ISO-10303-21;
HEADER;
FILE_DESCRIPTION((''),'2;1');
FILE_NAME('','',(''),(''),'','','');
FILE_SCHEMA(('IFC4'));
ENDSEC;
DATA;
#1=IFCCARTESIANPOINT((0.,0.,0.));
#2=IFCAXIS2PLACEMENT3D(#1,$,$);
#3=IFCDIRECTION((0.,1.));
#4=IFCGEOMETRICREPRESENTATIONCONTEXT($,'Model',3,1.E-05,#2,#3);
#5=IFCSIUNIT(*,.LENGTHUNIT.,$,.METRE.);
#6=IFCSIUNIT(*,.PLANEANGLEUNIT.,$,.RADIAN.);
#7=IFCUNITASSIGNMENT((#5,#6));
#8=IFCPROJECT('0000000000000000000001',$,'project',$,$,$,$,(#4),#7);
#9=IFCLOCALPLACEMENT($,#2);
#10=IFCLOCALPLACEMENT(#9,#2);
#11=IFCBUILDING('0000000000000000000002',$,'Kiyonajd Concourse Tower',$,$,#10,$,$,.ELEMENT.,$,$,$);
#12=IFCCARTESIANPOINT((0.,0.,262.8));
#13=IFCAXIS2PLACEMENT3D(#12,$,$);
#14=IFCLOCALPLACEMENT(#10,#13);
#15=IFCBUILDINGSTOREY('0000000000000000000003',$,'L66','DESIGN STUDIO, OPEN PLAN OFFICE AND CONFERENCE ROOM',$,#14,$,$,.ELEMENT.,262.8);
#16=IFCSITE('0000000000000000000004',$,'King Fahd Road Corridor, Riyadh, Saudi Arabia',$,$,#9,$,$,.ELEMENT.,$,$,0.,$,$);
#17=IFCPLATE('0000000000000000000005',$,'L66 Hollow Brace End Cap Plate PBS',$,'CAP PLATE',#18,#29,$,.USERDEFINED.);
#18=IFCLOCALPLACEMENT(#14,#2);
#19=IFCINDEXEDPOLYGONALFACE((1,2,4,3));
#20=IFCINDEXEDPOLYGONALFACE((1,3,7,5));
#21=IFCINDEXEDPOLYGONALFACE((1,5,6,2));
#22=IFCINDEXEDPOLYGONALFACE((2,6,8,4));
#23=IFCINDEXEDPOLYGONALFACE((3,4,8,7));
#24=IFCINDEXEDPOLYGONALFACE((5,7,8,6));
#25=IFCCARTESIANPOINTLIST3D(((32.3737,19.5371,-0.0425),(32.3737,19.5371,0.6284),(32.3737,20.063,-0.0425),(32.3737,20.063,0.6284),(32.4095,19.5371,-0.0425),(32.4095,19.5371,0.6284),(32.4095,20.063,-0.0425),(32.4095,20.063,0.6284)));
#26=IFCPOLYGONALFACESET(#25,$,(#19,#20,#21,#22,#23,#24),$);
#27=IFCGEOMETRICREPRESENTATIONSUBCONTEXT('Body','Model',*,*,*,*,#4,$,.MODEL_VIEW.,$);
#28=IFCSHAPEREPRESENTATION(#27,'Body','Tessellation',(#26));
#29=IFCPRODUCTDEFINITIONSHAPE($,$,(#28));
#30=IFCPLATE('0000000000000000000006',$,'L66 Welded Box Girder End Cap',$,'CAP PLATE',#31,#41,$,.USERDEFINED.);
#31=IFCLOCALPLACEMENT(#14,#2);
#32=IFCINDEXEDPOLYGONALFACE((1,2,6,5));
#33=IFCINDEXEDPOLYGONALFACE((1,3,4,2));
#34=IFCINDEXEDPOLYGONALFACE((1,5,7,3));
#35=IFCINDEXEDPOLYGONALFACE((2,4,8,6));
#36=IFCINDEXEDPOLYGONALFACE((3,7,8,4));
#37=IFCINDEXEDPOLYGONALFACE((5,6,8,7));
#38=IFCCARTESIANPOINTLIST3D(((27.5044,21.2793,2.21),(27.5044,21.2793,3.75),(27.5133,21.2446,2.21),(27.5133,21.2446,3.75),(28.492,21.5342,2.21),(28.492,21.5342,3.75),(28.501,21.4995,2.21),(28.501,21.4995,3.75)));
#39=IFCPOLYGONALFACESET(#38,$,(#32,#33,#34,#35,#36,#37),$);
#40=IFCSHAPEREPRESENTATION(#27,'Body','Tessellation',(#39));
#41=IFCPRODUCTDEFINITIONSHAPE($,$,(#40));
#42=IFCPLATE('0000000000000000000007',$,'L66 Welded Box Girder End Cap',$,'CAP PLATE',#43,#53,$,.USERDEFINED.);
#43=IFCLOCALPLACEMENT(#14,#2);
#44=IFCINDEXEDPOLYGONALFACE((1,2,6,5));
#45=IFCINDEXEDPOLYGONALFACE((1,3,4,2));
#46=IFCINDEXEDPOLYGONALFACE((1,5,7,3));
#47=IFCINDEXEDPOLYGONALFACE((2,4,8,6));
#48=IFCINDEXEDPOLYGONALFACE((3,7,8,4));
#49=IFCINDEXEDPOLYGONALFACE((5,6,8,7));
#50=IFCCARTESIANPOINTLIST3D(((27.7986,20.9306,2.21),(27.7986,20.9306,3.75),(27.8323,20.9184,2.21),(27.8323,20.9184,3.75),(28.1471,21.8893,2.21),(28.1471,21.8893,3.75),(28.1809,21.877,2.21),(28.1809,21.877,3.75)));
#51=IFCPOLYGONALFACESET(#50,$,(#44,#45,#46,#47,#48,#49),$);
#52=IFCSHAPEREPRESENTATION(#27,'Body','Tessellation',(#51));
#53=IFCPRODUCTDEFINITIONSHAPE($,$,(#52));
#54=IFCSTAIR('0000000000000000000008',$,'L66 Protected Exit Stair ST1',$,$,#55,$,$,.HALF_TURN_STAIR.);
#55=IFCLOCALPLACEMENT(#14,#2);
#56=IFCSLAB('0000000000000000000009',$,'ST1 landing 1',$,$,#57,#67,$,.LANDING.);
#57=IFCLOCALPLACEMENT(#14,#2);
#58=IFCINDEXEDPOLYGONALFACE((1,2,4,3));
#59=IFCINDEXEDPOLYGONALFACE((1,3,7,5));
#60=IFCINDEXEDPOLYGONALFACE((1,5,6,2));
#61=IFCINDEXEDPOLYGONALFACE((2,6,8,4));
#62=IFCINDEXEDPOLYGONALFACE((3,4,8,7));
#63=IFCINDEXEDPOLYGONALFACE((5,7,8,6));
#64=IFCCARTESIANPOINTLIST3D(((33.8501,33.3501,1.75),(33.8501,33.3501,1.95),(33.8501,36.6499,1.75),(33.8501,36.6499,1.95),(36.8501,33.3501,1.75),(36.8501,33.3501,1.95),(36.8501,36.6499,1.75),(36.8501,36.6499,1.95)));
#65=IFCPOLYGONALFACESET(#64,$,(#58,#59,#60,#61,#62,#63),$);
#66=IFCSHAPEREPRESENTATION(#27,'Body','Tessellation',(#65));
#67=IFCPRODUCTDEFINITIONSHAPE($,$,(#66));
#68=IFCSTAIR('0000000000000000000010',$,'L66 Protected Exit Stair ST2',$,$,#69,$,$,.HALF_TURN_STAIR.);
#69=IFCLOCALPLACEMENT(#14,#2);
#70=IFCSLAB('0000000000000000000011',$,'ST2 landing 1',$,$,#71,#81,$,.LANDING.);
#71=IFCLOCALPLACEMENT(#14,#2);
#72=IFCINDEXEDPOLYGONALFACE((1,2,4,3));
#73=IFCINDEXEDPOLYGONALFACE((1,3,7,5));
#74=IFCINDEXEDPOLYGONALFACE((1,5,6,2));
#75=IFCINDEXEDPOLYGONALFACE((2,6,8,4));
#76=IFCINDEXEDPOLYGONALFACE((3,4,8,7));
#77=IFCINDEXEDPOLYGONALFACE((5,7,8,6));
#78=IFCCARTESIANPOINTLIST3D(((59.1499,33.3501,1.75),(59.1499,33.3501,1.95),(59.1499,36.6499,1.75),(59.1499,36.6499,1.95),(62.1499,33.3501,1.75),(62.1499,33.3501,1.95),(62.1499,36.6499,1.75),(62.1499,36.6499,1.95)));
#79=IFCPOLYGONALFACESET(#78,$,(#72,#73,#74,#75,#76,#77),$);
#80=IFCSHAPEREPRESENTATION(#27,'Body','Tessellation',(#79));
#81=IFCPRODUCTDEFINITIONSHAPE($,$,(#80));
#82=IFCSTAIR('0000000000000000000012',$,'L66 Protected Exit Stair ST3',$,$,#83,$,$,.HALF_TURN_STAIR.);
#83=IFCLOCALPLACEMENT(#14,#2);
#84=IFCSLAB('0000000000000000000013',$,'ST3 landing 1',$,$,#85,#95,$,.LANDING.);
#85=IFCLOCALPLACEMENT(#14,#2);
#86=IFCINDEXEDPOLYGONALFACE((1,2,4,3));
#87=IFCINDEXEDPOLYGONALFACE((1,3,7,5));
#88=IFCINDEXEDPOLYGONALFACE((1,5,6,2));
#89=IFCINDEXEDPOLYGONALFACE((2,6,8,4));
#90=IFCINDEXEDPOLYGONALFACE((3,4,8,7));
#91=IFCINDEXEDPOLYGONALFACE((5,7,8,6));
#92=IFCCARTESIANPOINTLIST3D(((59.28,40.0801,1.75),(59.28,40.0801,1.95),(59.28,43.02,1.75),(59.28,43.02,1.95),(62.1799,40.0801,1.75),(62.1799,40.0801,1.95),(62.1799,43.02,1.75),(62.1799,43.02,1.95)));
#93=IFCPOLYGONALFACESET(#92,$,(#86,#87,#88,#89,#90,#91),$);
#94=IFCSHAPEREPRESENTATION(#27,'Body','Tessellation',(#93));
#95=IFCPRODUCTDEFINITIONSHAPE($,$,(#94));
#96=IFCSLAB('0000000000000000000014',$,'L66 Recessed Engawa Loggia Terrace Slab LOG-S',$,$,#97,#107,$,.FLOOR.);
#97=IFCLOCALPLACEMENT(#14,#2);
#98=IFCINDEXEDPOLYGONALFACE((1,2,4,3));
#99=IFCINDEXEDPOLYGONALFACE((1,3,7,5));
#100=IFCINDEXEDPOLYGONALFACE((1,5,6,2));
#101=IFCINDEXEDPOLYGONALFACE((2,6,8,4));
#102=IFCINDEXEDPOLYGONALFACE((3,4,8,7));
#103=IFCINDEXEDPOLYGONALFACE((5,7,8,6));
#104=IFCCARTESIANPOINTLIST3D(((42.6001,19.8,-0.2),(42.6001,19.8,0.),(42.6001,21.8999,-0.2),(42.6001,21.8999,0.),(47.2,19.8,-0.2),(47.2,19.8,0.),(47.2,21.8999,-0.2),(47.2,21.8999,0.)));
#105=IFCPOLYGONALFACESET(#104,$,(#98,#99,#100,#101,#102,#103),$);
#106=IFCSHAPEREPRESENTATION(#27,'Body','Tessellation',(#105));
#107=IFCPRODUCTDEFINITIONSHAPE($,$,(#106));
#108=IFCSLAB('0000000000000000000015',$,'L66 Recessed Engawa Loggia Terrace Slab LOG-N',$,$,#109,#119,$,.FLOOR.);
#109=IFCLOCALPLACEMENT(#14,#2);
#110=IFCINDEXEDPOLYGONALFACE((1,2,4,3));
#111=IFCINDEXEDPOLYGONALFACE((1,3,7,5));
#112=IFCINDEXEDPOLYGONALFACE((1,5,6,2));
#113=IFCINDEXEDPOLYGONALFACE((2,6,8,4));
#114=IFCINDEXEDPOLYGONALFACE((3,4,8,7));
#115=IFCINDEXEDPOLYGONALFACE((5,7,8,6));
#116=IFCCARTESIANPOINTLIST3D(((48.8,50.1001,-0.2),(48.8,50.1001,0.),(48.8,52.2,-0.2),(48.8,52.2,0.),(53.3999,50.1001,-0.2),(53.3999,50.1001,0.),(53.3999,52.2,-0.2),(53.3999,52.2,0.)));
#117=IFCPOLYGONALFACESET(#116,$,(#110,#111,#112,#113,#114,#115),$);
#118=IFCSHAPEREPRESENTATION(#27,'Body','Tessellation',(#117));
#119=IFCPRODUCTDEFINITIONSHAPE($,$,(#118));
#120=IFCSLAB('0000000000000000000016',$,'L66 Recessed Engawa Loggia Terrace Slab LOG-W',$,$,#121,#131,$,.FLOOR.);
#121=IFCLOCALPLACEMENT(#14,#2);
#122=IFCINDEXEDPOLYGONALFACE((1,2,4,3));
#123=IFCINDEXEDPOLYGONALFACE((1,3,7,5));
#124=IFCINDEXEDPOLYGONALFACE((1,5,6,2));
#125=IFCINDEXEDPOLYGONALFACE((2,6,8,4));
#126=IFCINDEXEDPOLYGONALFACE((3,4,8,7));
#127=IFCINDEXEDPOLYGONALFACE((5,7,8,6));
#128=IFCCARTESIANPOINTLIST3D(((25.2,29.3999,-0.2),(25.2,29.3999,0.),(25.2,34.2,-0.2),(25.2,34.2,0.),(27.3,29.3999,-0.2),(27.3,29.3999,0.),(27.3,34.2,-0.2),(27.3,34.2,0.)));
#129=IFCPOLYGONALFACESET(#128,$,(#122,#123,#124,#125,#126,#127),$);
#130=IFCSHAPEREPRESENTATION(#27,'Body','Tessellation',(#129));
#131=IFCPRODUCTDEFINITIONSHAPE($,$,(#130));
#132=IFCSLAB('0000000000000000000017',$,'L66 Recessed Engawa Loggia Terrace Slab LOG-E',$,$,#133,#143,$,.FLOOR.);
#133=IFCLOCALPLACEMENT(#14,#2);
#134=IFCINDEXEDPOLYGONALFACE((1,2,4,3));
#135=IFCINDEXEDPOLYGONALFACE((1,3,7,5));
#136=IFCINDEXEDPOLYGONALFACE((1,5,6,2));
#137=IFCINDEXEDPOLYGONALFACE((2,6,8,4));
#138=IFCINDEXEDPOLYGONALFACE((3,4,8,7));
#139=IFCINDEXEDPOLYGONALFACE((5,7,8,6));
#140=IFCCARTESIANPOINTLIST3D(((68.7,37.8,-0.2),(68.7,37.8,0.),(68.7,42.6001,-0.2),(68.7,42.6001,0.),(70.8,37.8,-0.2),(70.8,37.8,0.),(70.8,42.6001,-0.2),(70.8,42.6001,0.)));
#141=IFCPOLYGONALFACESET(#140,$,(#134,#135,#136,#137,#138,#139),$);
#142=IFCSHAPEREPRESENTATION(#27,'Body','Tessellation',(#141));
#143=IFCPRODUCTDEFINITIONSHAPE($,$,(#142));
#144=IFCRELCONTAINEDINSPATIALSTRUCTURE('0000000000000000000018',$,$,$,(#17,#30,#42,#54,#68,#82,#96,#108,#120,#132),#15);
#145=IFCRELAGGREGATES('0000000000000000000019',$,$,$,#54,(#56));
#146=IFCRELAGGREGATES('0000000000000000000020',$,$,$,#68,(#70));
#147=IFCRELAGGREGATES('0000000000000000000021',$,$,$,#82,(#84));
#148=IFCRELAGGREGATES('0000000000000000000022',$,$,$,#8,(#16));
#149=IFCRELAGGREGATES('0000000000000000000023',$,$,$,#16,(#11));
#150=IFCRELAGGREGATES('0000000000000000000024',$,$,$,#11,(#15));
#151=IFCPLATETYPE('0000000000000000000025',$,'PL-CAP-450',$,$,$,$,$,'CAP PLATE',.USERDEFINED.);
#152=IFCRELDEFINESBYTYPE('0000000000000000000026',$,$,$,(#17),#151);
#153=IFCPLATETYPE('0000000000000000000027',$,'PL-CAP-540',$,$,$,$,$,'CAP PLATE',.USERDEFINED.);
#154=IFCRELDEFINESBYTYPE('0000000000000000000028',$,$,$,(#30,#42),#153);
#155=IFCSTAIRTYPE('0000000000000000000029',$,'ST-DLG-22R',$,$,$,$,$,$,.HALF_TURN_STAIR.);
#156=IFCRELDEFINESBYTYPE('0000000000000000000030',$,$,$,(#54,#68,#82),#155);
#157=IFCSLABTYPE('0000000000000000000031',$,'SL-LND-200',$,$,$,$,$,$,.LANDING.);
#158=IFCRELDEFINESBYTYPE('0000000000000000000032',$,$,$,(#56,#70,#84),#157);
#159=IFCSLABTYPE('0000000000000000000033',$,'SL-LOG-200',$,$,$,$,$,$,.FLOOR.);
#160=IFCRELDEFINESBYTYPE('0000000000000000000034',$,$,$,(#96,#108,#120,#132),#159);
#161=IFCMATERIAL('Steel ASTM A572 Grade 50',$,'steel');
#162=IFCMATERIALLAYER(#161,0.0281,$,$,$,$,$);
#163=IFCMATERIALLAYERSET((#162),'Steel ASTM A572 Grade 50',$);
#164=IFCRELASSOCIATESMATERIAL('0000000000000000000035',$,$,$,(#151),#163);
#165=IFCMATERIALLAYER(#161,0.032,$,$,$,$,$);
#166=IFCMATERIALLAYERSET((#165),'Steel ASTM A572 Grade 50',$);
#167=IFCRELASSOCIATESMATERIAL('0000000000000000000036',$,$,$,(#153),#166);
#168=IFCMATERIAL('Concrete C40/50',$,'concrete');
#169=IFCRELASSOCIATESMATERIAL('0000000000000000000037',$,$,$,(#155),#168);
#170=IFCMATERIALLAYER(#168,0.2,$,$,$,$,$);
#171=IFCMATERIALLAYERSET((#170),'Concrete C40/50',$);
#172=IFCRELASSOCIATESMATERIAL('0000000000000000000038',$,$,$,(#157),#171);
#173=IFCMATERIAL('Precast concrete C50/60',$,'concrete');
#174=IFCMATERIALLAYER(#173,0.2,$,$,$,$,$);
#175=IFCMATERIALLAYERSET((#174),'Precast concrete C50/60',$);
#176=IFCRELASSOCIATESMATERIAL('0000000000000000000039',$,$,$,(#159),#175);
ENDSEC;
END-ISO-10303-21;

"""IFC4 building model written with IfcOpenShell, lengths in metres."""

from ifc_helpers import new_model, si_unit, direction, frame, origin, origin_2d, place, context, subcontext, project, spatial, polyline, rectangle, outline, extrude, material, layer, layer_set, type_object, element, aggregate, save


model = new_model("IFC4")

# Units and contexts
model_context = context("Model", 3, precision=1e-05, world=origin(), true_north=direction((0.0, 1.0)))
body_context = subcontext(model_context, "Body", "Model", "MODEL_VIEW")
ifc_project = project(units=[si_unit("LENGTHUNIT", "METRE"), si_unit("PLANEANGLEUNIT", "RADIAN")], contexts=[model_context])

# Site, building, storey
site_placement = place(None, origin())
site = spatial("IfcSite", under=ifc_project, at=site_placement, Name="King Fahd Road Corridor, Riyadh, Saudi Arabia", CompositionType="ELEMENT", RefElevation=0.0)
building_placement = place(site_placement, origin())
building = spatial("IfcBuilding", under=site, at=building_placement, Name="Kiyonajd Concourse Tower", CompositionType="ELEMENT")
storey_placement = place(building_placement, frame((0.0, 0.0, 262.8)))
storey = spatial("IfcBuildingStorey", under=building, at=storey_placement, Name="L66", Description="DESIGN STUDIO, OPEN PLAN OFFICE AND CONFERENCE ROOM", CompositionType="ELEMENT", Elevation=262.8)

# Shared definitions
ifc_material_1 = material(Name="Steel ASTM A572 Grade 50", Category="steel")

# Plates
ifc_layer_1 = layer(ifc_material_1, 0.0281)
ifc_layer_set_1 = layer_set([ifc_layer_1], Name="Steel ASTM A572 Grade 50")
plate_type_1 = type_object("IfcPlateType", Name="PL-CAP-450", ElementType="CAP PLATE", PredefinedType="USERDEFINED", material=ifc_layer_set_1)
plate_placement = place(storey_placement, frame((32.3916, 19.8, -0.0425), z_axis=(0.0, 0.0, 1.0), x_axis=(-1.0, 0.0, 0.0)))
element("IfcPlate", 1, at=plate_placement, inside=storey, type_object=plate_type_1, Name="L66 Hollow Brace End Cap Plate PBS", ObjectType="CAP PLATE", PredefinedType="USERDEFINED", context=body_context, shape_type="SweptSolid", body=[
    extrude(rectangle(XDim=0.0359, YDim=0.5259, at=origin_2d()), origin(), (0.0, 0.0, 1.0), 0.6709),
])
ifc_layer_2 = layer(ifc_material_1, 0.032)
ifc_layer_set_2 = layer_set([ifc_layer_2], Name="Steel ASTM A572 Grade 50")
plate_type_2 = type_object("IfcPlateType", Name="PL-CAP-540", ElementType="CAP PLATE", PredefinedType="USERDEFINED", material=ifc_layer_set_2)
for number, where, z_axis, x_axis, name in (
    (2, (28.0027, 21.3894, 2.21), (0.0, 0.0, 1.0), (0.249873, -0.968279, 0.0), "L66 Welded Box Girder End Cap"),
    (3, (27.9897, 21.4038, 2.21), (0.0, 0.0, 1.0), (-0.939812, 0.341692, 0.0), "L66 Welded Box Girder End Cap"),
):
    element("IfcPlate", number, at=place(storey_placement, frame(where, z_axis=z_axis, x_axis=x_axis)), inside=storey, type_object=plate_type_2, Name=name, ObjectType="CAP PLATE", PredefinedType="USERDEFINED", context=body_context, shape_type="SweptSolid", body=[
        extrude(rectangle(XDim=0.0359, YDim=1.02, at=origin_2d()), origin(), (0.0, 0.0, 1.0), 1.54),
    ])

# Stairs, slabs
ifc_material_2 = material(Name="Concrete C40/50", Category="concrete")
stair_type = type_object("IfcStairType", Name="ST-DLG-22R", PredefinedType="HALF_TURN_STAIR", material=ifc_material_2)
stair_1_placement = place(storey_placement, origin())
stair_1 = element("IfcStair", 4, at=stair_1_placement, inside=storey, type_object=stair_type, Name="L66 Protected Exit Stair ST1", PredefinedType="HALF_TURN_STAIR")
ifc_layer_3 = layer(ifc_material_2, 0.2)
ifc_layer_set_3 = layer_set([ifc_layer_3], Name="Concrete C40/50")
slab_type_1 = type_object("IfcSlabType", Name="SL-LND-200", PredefinedType="LANDING", material=ifc_layer_set_3)
slab_1_placement = place(storey_placement, frame((0.0, 0.0, 1.75)))
slab_1 = element("IfcSlab", 5, at=slab_1_placement, type_object=slab_type_1, Name="ST1 landing 1", PredefinedType="LANDING", context=body_context, shape_type="SweptSolid", body=[
    extrude(outline(polyline([(36.8501, 33.3501), (36.8501, 36.6499), (33.8501, 36.6499), (33.8501, 33.3501), (36.8501, 33.3501)])), origin(), (0.0, 0.0, 1.0), 0.2),
])
aggregate(stair_1, [slab_1])
stair_2_placement = place(storey_placement, origin())
stair_2 = element("IfcStair", 6, at=stair_2_placement, inside=storey, type_object=stair_type, Name="L66 Protected Exit Stair ST2", PredefinedType="HALF_TURN_STAIR")
slab_2_placement = place(storey_placement, frame((0.0, 0.0, 1.75)))
slab_2 = element("IfcSlab", 7, at=slab_2_placement, type_object=slab_type_1, Name="ST2 landing 1", PredefinedType="LANDING", context=body_context, shape_type="SweptSolid", body=[
    extrude(outline(polyline([(62.1499, 33.3501), (62.1499, 36.6499), (59.1499, 36.6499), (59.1499, 33.3501), (62.1499, 33.3501)])), origin(), (0.0, 0.0, 1.0), 0.2),
])
aggregate(stair_2, [slab_2])
stair_3_placement = place(storey_placement, origin())
stair_3 = element("IfcStair", 8, at=stair_3_placement, inside=storey, type_object=stair_type, Name="L66 Protected Exit Stair ST3", PredefinedType="HALF_TURN_STAIR")
slab_3_placement = place(storey_placement, frame((0.0, 0.0, 1.75)))
slab_3 = element("IfcSlab", 9, at=slab_3_placement, type_object=slab_type_1, Name="ST3 landing 1", PredefinedType="LANDING", context=body_context, shape_type="SweptSolid", body=[
    extrude(outline(polyline([(59.28, 40.0801), (62.1799, 40.0801), (62.1799, 43.02), (59.28, 43.02), (59.28, 40.0801)])), origin(), (0.0, 0.0, 1.0), 0.2),
])
aggregate(stair_3, [slab_3])

# Slabs
ifc_material_3 = material(Name="Precast concrete C50/60", Category="concrete")
ifc_layer_4 = layer(ifc_material_3, 0.2)
ifc_layer_set_4 = layer_set([ifc_layer_4], Name="Precast concrete C50/60")
slab_type_2 = type_object("IfcSlabType", Name="SL-LOG-200", PredefinedType="FLOOR", material=ifc_layer_set_4)
slab_4_placement = place(storey_placement, frame((0.0, 0.0, -0.2)))
element("IfcSlab", 10, at=slab_4_placement, inside=storey, type_object=slab_type_2, Name="L66 Recessed Engawa Loggia Terrace Slab LOG-S", PredefinedType="FLOOR", context=body_context, shape_type="SweptSolid", body=[
    extrude(outline(polyline([(42.6001, 19.8), (47.2, 19.8), (47.2, 21.8999), (42.6001, 21.8999), (42.6001, 19.8)])), origin(), (0.0, 0.0, 1.0), 0.2),
])
slab_5_placement = place(storey_placement, frame((0.0, 0.0, -0.2)))
element("IfcSlab", 11, at=slab_5_placement, inside=storey, type_object=slab_type_2, Name="L66 Recessed Engawa Loggia Terrace Slab LOG-N", PredefinedType="FLOOR", context=body_context, shape_type="SweptSolid", body=[
    extrude(outline(polyline([(48.8, 50.1001), (53.3999, 50.1001), (53.3999, 52.2), (48.8, 52.2), (48.8, 50.1001)])), origin(), (0.0, 0.0, 1.0), 0.2),
])
slab_6_placement = place(storey_placement, frame((0.0, 0.0, -0.2)))
element("IfcSlab", 12, at=slab_6_placement, inside=storey, type_object=slab_type_2, Name="L66 Recessed Engawa Loggia Terrace Slab LOG-W", PredefinedType="FLOOR", context=body_context, shape_type="SweptSolid", body=[
    extrude(outline(polyline([(25.2, 29.3999), (27.3, 29.3999), (27.3, 34.2), (25.2, 34.2), (25.2, 29.3999)])), origin(), (0.0, 0.0, 1.0), 0.2),
])
slab_7_placement = place(storey_placement, frame((0.0, 0.0, -0.2)))
element("IfcSlab", 13, at=slab_7_placement, inside=storey, type_object=slab_type_2, Name="L66 Recessed Engawa Loggia Terrace Slab LOG-E", PredefinedType="FLOOR", context=body_context, shape_type="SweptSolid", body=[
    extrude(outline(polyline([(68.7, 37.8), (70.8, 37.8), (70.8, 42.6001), (68.7, 42.6001), (68.7, 37.8)])), origin(), (0.0, 0.0, 1.0), 0.2),
])

save(model, "model.ifc")
